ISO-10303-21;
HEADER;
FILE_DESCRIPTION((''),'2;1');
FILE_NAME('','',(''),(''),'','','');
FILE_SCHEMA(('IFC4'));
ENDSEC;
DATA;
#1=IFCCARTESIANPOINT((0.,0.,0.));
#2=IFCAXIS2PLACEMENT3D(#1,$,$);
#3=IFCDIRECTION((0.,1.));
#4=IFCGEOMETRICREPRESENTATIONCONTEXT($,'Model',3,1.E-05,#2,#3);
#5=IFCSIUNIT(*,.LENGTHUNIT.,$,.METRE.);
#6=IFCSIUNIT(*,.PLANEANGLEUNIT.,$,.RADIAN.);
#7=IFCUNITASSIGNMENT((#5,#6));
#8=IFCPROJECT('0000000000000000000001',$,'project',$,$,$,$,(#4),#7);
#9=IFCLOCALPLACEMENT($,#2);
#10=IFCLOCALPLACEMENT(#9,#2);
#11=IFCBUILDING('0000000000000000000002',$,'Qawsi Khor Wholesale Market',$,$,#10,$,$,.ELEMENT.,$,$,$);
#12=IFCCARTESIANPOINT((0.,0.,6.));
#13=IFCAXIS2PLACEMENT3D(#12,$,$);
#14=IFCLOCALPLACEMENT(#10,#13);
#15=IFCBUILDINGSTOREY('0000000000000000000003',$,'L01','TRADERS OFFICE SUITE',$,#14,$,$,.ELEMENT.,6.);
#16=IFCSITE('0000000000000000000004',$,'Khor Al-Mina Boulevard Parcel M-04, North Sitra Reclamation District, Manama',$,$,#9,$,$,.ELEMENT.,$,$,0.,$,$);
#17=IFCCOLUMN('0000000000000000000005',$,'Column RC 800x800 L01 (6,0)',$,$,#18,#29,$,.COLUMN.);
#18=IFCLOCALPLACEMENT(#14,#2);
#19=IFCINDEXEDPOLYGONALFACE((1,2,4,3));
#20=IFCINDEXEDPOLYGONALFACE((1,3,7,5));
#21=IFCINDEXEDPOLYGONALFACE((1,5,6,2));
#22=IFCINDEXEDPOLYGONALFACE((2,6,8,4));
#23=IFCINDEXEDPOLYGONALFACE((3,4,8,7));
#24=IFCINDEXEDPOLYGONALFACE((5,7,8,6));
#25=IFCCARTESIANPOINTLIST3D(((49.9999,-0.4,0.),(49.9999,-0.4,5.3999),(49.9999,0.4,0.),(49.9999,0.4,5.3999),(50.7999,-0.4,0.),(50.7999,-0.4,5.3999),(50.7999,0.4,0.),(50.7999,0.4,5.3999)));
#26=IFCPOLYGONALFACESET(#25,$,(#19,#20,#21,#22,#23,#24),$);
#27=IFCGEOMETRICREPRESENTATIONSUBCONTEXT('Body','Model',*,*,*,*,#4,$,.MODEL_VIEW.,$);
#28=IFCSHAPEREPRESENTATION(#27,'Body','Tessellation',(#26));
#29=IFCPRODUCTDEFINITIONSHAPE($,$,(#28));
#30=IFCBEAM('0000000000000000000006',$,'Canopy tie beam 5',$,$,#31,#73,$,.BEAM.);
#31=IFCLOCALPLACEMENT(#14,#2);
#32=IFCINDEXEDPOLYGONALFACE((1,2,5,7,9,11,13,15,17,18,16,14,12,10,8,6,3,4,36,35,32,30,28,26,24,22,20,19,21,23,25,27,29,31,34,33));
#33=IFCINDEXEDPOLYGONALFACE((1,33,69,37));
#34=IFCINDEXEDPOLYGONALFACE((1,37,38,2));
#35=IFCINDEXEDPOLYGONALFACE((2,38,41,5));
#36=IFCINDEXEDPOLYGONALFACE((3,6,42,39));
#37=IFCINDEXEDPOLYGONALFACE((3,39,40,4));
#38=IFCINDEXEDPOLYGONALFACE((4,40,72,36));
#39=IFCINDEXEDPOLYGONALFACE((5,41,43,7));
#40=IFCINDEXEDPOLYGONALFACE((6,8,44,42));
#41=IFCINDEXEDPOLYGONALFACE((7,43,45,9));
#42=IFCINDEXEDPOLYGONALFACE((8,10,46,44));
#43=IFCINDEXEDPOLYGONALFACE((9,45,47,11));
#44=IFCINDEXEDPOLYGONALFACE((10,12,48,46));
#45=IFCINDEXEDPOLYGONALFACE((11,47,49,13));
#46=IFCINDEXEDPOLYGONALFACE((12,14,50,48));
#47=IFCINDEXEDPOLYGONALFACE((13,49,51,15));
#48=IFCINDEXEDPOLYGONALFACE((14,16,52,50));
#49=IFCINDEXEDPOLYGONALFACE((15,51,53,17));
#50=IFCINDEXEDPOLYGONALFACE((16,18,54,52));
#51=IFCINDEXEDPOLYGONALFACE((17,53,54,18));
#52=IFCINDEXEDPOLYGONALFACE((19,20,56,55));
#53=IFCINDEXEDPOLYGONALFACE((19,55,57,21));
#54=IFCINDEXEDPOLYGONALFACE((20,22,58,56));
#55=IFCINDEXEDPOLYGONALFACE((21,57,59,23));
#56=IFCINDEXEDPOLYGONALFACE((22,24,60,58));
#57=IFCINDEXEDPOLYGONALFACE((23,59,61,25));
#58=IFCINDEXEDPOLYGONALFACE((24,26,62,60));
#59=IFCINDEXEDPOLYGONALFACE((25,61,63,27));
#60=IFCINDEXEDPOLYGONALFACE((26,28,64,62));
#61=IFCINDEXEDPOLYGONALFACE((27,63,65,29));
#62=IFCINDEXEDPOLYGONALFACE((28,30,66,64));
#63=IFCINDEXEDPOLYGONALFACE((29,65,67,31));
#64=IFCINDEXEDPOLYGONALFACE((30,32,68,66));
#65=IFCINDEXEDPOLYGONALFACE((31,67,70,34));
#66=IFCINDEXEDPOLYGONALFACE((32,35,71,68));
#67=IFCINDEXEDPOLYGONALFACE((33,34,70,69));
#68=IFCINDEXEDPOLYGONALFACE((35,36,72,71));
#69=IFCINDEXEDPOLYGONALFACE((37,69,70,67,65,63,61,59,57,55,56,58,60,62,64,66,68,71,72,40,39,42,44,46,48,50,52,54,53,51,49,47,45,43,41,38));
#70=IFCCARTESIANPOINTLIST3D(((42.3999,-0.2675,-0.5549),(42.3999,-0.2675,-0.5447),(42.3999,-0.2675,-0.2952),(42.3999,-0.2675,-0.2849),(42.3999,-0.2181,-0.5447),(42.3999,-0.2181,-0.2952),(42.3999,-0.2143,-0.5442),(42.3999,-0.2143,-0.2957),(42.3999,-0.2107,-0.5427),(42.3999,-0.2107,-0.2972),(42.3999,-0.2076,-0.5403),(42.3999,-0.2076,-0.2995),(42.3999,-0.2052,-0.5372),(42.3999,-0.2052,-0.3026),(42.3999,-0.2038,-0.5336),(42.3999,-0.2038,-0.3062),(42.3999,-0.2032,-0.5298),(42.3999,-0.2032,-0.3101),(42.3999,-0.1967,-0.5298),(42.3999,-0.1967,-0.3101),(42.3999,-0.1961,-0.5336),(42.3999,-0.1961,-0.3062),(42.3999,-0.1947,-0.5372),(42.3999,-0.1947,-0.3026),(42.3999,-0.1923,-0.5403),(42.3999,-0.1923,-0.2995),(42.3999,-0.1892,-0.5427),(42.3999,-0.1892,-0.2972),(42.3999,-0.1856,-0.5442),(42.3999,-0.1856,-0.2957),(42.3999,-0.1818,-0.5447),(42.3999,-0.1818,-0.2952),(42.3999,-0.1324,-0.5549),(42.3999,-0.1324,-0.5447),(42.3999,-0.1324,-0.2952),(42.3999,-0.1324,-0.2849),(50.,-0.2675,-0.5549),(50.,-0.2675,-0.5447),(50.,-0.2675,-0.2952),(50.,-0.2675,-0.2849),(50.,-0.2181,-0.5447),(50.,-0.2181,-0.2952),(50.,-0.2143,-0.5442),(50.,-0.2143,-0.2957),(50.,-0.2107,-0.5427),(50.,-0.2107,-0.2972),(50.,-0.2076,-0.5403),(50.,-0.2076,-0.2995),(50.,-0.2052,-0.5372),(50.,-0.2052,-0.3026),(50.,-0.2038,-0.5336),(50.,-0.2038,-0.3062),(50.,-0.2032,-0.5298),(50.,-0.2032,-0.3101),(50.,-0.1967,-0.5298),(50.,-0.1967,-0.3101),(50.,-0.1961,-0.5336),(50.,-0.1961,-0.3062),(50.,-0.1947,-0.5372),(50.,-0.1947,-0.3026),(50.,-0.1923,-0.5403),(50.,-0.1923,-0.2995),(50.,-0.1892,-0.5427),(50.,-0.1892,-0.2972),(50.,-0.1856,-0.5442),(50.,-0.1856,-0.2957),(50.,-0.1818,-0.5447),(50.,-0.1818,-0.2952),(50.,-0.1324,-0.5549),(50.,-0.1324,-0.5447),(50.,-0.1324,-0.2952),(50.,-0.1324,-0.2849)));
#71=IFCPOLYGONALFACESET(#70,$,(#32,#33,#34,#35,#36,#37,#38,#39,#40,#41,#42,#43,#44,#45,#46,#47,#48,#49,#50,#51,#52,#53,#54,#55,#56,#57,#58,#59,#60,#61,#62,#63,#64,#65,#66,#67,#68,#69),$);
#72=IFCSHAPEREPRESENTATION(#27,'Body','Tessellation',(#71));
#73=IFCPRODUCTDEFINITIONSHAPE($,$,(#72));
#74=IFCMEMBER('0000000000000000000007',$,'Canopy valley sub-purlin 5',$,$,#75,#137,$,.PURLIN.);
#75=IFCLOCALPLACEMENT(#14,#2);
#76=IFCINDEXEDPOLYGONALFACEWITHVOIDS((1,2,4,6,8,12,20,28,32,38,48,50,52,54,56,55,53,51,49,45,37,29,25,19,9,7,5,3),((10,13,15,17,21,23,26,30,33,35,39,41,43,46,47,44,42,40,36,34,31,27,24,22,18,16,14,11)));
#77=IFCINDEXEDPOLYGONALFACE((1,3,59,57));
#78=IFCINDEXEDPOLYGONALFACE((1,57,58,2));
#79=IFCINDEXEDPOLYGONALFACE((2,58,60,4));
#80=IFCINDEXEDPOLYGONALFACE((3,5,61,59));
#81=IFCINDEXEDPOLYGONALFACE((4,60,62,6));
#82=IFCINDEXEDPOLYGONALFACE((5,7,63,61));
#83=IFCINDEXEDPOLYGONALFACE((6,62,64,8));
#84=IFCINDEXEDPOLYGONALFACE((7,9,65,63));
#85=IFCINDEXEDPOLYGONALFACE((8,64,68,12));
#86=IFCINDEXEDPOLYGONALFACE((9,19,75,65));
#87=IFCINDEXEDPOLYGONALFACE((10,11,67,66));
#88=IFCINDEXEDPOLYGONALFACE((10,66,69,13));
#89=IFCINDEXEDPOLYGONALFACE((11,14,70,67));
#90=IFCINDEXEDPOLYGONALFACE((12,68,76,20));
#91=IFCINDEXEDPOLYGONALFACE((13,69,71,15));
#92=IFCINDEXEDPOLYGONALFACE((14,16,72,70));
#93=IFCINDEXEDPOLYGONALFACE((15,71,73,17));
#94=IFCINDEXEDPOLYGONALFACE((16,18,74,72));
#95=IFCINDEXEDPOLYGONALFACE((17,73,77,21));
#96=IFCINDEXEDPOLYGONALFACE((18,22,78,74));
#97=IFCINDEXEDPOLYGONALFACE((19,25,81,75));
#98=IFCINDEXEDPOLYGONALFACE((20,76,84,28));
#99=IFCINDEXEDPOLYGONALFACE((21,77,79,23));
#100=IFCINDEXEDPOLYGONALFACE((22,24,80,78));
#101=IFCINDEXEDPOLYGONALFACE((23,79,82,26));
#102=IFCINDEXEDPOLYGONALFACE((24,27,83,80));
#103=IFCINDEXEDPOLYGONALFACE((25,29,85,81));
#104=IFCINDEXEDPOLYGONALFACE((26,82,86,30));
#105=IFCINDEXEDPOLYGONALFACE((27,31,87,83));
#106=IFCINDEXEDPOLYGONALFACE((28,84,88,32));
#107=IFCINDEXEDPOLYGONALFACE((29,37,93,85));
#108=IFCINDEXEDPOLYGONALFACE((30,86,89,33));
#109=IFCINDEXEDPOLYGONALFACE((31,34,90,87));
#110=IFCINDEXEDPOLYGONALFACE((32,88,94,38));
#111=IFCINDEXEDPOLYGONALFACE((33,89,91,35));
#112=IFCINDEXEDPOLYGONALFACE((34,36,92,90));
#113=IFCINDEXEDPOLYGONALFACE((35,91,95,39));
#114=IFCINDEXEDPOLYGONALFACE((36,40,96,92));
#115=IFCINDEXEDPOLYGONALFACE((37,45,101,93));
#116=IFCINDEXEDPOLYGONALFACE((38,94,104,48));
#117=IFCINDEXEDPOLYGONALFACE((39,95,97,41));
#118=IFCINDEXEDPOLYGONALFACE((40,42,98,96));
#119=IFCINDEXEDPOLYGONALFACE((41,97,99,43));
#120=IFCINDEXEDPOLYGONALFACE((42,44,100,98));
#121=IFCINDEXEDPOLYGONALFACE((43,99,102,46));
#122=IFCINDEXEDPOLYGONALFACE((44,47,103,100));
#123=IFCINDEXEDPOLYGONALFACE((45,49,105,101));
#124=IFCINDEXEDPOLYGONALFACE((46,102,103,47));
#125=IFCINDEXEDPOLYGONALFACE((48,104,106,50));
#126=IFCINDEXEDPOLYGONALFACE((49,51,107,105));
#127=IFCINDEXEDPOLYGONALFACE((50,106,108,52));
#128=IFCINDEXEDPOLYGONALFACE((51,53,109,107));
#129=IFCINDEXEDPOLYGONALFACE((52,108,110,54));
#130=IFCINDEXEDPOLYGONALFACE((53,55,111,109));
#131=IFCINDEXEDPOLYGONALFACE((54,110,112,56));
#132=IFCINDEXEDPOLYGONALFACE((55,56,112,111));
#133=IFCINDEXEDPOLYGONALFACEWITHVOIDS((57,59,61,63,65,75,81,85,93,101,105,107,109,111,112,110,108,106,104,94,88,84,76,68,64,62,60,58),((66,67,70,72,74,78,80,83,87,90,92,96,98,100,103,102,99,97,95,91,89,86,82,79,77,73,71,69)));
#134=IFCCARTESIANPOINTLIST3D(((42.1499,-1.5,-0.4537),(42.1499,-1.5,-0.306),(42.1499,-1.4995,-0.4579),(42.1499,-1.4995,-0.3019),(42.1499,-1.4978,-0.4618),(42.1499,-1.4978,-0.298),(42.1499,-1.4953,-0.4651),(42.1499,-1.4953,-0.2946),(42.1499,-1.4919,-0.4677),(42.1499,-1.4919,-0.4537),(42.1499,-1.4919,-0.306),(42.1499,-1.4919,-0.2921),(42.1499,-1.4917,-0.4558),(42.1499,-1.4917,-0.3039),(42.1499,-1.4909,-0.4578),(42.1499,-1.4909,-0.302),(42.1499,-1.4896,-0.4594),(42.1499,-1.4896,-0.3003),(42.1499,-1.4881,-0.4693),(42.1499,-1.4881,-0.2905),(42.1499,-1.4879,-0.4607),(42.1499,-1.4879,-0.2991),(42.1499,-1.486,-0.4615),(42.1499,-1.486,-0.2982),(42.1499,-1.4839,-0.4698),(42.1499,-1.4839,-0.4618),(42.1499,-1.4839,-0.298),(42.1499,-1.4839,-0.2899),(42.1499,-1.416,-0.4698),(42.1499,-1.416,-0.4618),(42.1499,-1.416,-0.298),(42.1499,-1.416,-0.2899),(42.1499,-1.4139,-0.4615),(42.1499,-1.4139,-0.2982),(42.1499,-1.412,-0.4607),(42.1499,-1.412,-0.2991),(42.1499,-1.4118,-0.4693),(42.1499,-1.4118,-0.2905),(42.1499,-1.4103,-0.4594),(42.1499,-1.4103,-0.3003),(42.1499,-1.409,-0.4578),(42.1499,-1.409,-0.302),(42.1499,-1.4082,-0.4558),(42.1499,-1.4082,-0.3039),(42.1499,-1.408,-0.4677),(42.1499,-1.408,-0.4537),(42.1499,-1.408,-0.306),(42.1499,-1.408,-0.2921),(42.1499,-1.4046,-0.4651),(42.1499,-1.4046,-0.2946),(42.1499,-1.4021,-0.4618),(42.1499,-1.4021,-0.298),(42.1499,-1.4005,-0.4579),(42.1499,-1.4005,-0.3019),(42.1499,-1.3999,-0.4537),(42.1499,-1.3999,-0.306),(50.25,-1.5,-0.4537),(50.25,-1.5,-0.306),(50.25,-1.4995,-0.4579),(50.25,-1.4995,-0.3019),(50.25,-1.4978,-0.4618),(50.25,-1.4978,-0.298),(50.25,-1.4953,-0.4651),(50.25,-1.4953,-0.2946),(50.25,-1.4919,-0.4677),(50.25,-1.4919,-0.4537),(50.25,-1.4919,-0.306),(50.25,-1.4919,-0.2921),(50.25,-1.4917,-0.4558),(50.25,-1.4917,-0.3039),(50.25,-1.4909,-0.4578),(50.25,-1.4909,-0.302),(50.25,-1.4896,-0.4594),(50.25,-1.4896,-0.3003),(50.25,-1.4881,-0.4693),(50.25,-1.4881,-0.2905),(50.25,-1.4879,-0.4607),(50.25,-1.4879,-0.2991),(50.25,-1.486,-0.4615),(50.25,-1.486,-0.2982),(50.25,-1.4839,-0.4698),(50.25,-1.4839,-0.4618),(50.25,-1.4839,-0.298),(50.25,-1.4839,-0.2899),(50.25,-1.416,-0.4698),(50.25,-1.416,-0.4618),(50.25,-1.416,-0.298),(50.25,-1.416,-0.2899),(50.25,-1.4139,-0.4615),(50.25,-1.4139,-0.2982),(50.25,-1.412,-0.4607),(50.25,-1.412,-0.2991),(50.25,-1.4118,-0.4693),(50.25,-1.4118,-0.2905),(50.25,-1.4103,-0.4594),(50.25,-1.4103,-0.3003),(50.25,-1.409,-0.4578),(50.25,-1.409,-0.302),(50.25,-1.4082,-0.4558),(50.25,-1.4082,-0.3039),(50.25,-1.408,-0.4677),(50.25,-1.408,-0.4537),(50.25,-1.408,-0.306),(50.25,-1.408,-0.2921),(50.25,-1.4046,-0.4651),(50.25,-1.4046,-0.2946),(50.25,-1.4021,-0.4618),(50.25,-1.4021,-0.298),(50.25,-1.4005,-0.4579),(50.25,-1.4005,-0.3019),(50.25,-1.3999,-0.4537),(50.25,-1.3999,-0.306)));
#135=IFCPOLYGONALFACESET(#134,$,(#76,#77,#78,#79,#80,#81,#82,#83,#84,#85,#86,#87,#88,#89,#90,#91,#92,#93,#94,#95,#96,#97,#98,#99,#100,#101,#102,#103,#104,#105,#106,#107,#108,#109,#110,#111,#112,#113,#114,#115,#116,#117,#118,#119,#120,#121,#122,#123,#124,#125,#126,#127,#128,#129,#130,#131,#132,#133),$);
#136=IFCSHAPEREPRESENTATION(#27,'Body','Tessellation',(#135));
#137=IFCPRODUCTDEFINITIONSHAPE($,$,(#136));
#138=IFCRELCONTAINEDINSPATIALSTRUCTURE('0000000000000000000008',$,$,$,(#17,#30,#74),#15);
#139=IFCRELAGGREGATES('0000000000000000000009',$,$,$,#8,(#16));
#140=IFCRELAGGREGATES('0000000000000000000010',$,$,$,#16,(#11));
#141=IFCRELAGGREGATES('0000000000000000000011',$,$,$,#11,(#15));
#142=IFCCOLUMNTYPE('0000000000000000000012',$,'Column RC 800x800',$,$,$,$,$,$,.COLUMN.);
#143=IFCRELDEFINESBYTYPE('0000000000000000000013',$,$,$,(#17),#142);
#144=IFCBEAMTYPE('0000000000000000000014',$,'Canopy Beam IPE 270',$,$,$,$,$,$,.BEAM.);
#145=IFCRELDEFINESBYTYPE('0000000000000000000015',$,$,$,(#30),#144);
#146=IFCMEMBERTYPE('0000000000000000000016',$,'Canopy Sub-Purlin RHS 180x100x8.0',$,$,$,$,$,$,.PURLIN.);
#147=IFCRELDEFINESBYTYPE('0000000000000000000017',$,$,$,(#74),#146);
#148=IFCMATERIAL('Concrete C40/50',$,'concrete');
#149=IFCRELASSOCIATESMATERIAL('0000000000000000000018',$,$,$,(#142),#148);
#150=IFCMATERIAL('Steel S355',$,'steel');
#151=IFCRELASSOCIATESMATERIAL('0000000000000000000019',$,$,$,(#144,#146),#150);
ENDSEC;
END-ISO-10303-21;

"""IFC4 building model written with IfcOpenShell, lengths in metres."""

from ifc_helpers import new_model, si_unit, direction, frame, origin, origin_2d, place, context, subcontext, project, spatial, rectangle, hollow_rectangle, i_section, extrude, material, material_profile, profile_set, type_object, element, save


model = new_model("IFC4")

# Units and contexts
model_context = context("Model", 3, precision=1e-05, world=origin(), true_north=direction((0.0, 1.0)))
body_context = subcontext(model_context, "Body", "Model", "MODEL_VIEW")
ifc_project = project(units=[si_unit("LENGTHUNIT", "METRE"), si_unit("PLANEANGLEUNIT", "RADIAN")], contexts=[model_context])

# Site, building, storey
site_placement = place(None, origin())
site = spatial("IfcSite", under=ifc_project, at=site_placement, Name="Khor Al-Mina Boulevard Parcel M-04, North Sitra Reclamation District, Manama", CompositionType="ELEMENT", RefElevation=0.0)
building_placement = place(site_placement, origin())
building = spatial("IfcBuilding", under=site, at=building_placement, Name="Qawsi Khor Wholesale Market", CompositionType="ELEMENT")
storey_placement = place(building_placement, frame((0.0, 0.0, 6.0)))
storey = spatial("IfcBuildingStorey", under=building, at=storey_placement, Name="L01", Description="TRADERS OFFICE SUITE", CompositionType="ELEMENT", Elevation=6.0)

# Column
ifc_material_1 = material(Name="Concrete C40/50", Category="concrete")
ifc_material_profile_1 = material_profile(ifc_material_1, rectangle(XDim=0.8, YDim=0.8, at=origin_2d()), Name="RC 800x800")
ifc_profile_set_1 = profile_set([ifc_material_profile_1], Name="Concrete C40/50")
column_type = type_object("IfcColumnType", Name="Column RC 800x800", PredefinedType="COLUMN", material=ifc_profile_set_1)
column_placement = place(storey_placement, frame((50.3999, 0.0, 0.0), z_axis=(0.0, 0.0, 1.0), x_axis=(1.0, 0.0, 0.0)))
element("IfcColumn", 1, at=column_placement, inside=storey, type_object=column_type, Name="Column RC 800x800 L01 (6,0)", PredefinedType="COLUMN", context=body_context, shape_type="SweptSolid", body=[
    extrude(rectangle(XDim=0.8, YDim=0.8, at=origin_2d()), origin(), (0.0, 0.0, 1.0), 5.3999),
])

# Beam
ifc_material_2 = material(Name="Steel S355", Category="steel")
ifc_material_profile_2 = material_profile(ifc_material_2, i_section(OverallWidth=0.135, OverallDepth=0.27, WebThickness=0.0066, FlangeThickness=0.0103, FilletRadius=0.0149, at=origin_2d()), Name="IPE 270")
ifc_profile_set_2 = profile_set([ifc_material_profile_2], Name="Steel S355")
beam_type_1 = type_object("IfcBeamType", Name="Canopy Beam IPE 270", PredefinedType="BEAM", material=ifc_profile_set_2)
beam_1_placement = place(storey_placement, frame((42.3999, -0.2, -0.4199), z_axis=(1.0, 0.0, 0.0), x_axis=(0.0, 1.0, 0.0)))
element("IfcBeam", 2, at=beam_1_placement, inside=storey, type_object=beam_type_1, Name="Canopy tie beam 5", PredefinedType="BEAM", context=body_context, shape_type="SweptSolid", body=[
    extrude(i_section(OverallWidth=0.135, OverallDepth=0.27, WebThickness=0.0066, FlangeThickness=0.0103, FilletRadius=0.0149, at=origin_2d()), origin(), (0.0, 0.0, 1.0), 7.6001),
])

# Member
ifc_material_profile_3 = material_profile(ifc_material_2, hollow_rectangle(XDim=0.1001, YDim=0.1799, WallThickness=0.0081, InnerFilletRadius=0.0081, OuterFilletRadius=0.0161, at=origin_2d()), Name="RHS 180x100x8.0")
ifc_profile_set_3 = profile_set([ifc_material_profile_3], Name="Steel S355")
member_type = type_object("IfcMemberType", Name="Canopy Sub-Purlin RHS 180x100x8.0", PredefinedType="PURLIN", material=ifc_profile_set_3)
member_1_placement = place(storey_placement, frame((42.1499, -1.45, -0.3799), z_axis=(1.0, 0.0, 0.0), x_axis=(0.0, 1.0, 0.0)))
element("IfcMember", 3, at=member_1_placement, inside=storey, type_object=member_type, Name="Canopy valley sub-purlin 5", PredefinedType="PURLIN", context=body_context, shape_type="SweptSolid", body=[
    extrude(hollow_rectangle(XDim=0.1001, YDim=0.1799, WallThickness=0.0081, InnerFilletRadius=0.0081, OuterFilletRadius=0.0161, at=origin_2d()), origin(), (0.0, 0.0, 1.0), 8.1001),
])

save(model, "model.ifc")
